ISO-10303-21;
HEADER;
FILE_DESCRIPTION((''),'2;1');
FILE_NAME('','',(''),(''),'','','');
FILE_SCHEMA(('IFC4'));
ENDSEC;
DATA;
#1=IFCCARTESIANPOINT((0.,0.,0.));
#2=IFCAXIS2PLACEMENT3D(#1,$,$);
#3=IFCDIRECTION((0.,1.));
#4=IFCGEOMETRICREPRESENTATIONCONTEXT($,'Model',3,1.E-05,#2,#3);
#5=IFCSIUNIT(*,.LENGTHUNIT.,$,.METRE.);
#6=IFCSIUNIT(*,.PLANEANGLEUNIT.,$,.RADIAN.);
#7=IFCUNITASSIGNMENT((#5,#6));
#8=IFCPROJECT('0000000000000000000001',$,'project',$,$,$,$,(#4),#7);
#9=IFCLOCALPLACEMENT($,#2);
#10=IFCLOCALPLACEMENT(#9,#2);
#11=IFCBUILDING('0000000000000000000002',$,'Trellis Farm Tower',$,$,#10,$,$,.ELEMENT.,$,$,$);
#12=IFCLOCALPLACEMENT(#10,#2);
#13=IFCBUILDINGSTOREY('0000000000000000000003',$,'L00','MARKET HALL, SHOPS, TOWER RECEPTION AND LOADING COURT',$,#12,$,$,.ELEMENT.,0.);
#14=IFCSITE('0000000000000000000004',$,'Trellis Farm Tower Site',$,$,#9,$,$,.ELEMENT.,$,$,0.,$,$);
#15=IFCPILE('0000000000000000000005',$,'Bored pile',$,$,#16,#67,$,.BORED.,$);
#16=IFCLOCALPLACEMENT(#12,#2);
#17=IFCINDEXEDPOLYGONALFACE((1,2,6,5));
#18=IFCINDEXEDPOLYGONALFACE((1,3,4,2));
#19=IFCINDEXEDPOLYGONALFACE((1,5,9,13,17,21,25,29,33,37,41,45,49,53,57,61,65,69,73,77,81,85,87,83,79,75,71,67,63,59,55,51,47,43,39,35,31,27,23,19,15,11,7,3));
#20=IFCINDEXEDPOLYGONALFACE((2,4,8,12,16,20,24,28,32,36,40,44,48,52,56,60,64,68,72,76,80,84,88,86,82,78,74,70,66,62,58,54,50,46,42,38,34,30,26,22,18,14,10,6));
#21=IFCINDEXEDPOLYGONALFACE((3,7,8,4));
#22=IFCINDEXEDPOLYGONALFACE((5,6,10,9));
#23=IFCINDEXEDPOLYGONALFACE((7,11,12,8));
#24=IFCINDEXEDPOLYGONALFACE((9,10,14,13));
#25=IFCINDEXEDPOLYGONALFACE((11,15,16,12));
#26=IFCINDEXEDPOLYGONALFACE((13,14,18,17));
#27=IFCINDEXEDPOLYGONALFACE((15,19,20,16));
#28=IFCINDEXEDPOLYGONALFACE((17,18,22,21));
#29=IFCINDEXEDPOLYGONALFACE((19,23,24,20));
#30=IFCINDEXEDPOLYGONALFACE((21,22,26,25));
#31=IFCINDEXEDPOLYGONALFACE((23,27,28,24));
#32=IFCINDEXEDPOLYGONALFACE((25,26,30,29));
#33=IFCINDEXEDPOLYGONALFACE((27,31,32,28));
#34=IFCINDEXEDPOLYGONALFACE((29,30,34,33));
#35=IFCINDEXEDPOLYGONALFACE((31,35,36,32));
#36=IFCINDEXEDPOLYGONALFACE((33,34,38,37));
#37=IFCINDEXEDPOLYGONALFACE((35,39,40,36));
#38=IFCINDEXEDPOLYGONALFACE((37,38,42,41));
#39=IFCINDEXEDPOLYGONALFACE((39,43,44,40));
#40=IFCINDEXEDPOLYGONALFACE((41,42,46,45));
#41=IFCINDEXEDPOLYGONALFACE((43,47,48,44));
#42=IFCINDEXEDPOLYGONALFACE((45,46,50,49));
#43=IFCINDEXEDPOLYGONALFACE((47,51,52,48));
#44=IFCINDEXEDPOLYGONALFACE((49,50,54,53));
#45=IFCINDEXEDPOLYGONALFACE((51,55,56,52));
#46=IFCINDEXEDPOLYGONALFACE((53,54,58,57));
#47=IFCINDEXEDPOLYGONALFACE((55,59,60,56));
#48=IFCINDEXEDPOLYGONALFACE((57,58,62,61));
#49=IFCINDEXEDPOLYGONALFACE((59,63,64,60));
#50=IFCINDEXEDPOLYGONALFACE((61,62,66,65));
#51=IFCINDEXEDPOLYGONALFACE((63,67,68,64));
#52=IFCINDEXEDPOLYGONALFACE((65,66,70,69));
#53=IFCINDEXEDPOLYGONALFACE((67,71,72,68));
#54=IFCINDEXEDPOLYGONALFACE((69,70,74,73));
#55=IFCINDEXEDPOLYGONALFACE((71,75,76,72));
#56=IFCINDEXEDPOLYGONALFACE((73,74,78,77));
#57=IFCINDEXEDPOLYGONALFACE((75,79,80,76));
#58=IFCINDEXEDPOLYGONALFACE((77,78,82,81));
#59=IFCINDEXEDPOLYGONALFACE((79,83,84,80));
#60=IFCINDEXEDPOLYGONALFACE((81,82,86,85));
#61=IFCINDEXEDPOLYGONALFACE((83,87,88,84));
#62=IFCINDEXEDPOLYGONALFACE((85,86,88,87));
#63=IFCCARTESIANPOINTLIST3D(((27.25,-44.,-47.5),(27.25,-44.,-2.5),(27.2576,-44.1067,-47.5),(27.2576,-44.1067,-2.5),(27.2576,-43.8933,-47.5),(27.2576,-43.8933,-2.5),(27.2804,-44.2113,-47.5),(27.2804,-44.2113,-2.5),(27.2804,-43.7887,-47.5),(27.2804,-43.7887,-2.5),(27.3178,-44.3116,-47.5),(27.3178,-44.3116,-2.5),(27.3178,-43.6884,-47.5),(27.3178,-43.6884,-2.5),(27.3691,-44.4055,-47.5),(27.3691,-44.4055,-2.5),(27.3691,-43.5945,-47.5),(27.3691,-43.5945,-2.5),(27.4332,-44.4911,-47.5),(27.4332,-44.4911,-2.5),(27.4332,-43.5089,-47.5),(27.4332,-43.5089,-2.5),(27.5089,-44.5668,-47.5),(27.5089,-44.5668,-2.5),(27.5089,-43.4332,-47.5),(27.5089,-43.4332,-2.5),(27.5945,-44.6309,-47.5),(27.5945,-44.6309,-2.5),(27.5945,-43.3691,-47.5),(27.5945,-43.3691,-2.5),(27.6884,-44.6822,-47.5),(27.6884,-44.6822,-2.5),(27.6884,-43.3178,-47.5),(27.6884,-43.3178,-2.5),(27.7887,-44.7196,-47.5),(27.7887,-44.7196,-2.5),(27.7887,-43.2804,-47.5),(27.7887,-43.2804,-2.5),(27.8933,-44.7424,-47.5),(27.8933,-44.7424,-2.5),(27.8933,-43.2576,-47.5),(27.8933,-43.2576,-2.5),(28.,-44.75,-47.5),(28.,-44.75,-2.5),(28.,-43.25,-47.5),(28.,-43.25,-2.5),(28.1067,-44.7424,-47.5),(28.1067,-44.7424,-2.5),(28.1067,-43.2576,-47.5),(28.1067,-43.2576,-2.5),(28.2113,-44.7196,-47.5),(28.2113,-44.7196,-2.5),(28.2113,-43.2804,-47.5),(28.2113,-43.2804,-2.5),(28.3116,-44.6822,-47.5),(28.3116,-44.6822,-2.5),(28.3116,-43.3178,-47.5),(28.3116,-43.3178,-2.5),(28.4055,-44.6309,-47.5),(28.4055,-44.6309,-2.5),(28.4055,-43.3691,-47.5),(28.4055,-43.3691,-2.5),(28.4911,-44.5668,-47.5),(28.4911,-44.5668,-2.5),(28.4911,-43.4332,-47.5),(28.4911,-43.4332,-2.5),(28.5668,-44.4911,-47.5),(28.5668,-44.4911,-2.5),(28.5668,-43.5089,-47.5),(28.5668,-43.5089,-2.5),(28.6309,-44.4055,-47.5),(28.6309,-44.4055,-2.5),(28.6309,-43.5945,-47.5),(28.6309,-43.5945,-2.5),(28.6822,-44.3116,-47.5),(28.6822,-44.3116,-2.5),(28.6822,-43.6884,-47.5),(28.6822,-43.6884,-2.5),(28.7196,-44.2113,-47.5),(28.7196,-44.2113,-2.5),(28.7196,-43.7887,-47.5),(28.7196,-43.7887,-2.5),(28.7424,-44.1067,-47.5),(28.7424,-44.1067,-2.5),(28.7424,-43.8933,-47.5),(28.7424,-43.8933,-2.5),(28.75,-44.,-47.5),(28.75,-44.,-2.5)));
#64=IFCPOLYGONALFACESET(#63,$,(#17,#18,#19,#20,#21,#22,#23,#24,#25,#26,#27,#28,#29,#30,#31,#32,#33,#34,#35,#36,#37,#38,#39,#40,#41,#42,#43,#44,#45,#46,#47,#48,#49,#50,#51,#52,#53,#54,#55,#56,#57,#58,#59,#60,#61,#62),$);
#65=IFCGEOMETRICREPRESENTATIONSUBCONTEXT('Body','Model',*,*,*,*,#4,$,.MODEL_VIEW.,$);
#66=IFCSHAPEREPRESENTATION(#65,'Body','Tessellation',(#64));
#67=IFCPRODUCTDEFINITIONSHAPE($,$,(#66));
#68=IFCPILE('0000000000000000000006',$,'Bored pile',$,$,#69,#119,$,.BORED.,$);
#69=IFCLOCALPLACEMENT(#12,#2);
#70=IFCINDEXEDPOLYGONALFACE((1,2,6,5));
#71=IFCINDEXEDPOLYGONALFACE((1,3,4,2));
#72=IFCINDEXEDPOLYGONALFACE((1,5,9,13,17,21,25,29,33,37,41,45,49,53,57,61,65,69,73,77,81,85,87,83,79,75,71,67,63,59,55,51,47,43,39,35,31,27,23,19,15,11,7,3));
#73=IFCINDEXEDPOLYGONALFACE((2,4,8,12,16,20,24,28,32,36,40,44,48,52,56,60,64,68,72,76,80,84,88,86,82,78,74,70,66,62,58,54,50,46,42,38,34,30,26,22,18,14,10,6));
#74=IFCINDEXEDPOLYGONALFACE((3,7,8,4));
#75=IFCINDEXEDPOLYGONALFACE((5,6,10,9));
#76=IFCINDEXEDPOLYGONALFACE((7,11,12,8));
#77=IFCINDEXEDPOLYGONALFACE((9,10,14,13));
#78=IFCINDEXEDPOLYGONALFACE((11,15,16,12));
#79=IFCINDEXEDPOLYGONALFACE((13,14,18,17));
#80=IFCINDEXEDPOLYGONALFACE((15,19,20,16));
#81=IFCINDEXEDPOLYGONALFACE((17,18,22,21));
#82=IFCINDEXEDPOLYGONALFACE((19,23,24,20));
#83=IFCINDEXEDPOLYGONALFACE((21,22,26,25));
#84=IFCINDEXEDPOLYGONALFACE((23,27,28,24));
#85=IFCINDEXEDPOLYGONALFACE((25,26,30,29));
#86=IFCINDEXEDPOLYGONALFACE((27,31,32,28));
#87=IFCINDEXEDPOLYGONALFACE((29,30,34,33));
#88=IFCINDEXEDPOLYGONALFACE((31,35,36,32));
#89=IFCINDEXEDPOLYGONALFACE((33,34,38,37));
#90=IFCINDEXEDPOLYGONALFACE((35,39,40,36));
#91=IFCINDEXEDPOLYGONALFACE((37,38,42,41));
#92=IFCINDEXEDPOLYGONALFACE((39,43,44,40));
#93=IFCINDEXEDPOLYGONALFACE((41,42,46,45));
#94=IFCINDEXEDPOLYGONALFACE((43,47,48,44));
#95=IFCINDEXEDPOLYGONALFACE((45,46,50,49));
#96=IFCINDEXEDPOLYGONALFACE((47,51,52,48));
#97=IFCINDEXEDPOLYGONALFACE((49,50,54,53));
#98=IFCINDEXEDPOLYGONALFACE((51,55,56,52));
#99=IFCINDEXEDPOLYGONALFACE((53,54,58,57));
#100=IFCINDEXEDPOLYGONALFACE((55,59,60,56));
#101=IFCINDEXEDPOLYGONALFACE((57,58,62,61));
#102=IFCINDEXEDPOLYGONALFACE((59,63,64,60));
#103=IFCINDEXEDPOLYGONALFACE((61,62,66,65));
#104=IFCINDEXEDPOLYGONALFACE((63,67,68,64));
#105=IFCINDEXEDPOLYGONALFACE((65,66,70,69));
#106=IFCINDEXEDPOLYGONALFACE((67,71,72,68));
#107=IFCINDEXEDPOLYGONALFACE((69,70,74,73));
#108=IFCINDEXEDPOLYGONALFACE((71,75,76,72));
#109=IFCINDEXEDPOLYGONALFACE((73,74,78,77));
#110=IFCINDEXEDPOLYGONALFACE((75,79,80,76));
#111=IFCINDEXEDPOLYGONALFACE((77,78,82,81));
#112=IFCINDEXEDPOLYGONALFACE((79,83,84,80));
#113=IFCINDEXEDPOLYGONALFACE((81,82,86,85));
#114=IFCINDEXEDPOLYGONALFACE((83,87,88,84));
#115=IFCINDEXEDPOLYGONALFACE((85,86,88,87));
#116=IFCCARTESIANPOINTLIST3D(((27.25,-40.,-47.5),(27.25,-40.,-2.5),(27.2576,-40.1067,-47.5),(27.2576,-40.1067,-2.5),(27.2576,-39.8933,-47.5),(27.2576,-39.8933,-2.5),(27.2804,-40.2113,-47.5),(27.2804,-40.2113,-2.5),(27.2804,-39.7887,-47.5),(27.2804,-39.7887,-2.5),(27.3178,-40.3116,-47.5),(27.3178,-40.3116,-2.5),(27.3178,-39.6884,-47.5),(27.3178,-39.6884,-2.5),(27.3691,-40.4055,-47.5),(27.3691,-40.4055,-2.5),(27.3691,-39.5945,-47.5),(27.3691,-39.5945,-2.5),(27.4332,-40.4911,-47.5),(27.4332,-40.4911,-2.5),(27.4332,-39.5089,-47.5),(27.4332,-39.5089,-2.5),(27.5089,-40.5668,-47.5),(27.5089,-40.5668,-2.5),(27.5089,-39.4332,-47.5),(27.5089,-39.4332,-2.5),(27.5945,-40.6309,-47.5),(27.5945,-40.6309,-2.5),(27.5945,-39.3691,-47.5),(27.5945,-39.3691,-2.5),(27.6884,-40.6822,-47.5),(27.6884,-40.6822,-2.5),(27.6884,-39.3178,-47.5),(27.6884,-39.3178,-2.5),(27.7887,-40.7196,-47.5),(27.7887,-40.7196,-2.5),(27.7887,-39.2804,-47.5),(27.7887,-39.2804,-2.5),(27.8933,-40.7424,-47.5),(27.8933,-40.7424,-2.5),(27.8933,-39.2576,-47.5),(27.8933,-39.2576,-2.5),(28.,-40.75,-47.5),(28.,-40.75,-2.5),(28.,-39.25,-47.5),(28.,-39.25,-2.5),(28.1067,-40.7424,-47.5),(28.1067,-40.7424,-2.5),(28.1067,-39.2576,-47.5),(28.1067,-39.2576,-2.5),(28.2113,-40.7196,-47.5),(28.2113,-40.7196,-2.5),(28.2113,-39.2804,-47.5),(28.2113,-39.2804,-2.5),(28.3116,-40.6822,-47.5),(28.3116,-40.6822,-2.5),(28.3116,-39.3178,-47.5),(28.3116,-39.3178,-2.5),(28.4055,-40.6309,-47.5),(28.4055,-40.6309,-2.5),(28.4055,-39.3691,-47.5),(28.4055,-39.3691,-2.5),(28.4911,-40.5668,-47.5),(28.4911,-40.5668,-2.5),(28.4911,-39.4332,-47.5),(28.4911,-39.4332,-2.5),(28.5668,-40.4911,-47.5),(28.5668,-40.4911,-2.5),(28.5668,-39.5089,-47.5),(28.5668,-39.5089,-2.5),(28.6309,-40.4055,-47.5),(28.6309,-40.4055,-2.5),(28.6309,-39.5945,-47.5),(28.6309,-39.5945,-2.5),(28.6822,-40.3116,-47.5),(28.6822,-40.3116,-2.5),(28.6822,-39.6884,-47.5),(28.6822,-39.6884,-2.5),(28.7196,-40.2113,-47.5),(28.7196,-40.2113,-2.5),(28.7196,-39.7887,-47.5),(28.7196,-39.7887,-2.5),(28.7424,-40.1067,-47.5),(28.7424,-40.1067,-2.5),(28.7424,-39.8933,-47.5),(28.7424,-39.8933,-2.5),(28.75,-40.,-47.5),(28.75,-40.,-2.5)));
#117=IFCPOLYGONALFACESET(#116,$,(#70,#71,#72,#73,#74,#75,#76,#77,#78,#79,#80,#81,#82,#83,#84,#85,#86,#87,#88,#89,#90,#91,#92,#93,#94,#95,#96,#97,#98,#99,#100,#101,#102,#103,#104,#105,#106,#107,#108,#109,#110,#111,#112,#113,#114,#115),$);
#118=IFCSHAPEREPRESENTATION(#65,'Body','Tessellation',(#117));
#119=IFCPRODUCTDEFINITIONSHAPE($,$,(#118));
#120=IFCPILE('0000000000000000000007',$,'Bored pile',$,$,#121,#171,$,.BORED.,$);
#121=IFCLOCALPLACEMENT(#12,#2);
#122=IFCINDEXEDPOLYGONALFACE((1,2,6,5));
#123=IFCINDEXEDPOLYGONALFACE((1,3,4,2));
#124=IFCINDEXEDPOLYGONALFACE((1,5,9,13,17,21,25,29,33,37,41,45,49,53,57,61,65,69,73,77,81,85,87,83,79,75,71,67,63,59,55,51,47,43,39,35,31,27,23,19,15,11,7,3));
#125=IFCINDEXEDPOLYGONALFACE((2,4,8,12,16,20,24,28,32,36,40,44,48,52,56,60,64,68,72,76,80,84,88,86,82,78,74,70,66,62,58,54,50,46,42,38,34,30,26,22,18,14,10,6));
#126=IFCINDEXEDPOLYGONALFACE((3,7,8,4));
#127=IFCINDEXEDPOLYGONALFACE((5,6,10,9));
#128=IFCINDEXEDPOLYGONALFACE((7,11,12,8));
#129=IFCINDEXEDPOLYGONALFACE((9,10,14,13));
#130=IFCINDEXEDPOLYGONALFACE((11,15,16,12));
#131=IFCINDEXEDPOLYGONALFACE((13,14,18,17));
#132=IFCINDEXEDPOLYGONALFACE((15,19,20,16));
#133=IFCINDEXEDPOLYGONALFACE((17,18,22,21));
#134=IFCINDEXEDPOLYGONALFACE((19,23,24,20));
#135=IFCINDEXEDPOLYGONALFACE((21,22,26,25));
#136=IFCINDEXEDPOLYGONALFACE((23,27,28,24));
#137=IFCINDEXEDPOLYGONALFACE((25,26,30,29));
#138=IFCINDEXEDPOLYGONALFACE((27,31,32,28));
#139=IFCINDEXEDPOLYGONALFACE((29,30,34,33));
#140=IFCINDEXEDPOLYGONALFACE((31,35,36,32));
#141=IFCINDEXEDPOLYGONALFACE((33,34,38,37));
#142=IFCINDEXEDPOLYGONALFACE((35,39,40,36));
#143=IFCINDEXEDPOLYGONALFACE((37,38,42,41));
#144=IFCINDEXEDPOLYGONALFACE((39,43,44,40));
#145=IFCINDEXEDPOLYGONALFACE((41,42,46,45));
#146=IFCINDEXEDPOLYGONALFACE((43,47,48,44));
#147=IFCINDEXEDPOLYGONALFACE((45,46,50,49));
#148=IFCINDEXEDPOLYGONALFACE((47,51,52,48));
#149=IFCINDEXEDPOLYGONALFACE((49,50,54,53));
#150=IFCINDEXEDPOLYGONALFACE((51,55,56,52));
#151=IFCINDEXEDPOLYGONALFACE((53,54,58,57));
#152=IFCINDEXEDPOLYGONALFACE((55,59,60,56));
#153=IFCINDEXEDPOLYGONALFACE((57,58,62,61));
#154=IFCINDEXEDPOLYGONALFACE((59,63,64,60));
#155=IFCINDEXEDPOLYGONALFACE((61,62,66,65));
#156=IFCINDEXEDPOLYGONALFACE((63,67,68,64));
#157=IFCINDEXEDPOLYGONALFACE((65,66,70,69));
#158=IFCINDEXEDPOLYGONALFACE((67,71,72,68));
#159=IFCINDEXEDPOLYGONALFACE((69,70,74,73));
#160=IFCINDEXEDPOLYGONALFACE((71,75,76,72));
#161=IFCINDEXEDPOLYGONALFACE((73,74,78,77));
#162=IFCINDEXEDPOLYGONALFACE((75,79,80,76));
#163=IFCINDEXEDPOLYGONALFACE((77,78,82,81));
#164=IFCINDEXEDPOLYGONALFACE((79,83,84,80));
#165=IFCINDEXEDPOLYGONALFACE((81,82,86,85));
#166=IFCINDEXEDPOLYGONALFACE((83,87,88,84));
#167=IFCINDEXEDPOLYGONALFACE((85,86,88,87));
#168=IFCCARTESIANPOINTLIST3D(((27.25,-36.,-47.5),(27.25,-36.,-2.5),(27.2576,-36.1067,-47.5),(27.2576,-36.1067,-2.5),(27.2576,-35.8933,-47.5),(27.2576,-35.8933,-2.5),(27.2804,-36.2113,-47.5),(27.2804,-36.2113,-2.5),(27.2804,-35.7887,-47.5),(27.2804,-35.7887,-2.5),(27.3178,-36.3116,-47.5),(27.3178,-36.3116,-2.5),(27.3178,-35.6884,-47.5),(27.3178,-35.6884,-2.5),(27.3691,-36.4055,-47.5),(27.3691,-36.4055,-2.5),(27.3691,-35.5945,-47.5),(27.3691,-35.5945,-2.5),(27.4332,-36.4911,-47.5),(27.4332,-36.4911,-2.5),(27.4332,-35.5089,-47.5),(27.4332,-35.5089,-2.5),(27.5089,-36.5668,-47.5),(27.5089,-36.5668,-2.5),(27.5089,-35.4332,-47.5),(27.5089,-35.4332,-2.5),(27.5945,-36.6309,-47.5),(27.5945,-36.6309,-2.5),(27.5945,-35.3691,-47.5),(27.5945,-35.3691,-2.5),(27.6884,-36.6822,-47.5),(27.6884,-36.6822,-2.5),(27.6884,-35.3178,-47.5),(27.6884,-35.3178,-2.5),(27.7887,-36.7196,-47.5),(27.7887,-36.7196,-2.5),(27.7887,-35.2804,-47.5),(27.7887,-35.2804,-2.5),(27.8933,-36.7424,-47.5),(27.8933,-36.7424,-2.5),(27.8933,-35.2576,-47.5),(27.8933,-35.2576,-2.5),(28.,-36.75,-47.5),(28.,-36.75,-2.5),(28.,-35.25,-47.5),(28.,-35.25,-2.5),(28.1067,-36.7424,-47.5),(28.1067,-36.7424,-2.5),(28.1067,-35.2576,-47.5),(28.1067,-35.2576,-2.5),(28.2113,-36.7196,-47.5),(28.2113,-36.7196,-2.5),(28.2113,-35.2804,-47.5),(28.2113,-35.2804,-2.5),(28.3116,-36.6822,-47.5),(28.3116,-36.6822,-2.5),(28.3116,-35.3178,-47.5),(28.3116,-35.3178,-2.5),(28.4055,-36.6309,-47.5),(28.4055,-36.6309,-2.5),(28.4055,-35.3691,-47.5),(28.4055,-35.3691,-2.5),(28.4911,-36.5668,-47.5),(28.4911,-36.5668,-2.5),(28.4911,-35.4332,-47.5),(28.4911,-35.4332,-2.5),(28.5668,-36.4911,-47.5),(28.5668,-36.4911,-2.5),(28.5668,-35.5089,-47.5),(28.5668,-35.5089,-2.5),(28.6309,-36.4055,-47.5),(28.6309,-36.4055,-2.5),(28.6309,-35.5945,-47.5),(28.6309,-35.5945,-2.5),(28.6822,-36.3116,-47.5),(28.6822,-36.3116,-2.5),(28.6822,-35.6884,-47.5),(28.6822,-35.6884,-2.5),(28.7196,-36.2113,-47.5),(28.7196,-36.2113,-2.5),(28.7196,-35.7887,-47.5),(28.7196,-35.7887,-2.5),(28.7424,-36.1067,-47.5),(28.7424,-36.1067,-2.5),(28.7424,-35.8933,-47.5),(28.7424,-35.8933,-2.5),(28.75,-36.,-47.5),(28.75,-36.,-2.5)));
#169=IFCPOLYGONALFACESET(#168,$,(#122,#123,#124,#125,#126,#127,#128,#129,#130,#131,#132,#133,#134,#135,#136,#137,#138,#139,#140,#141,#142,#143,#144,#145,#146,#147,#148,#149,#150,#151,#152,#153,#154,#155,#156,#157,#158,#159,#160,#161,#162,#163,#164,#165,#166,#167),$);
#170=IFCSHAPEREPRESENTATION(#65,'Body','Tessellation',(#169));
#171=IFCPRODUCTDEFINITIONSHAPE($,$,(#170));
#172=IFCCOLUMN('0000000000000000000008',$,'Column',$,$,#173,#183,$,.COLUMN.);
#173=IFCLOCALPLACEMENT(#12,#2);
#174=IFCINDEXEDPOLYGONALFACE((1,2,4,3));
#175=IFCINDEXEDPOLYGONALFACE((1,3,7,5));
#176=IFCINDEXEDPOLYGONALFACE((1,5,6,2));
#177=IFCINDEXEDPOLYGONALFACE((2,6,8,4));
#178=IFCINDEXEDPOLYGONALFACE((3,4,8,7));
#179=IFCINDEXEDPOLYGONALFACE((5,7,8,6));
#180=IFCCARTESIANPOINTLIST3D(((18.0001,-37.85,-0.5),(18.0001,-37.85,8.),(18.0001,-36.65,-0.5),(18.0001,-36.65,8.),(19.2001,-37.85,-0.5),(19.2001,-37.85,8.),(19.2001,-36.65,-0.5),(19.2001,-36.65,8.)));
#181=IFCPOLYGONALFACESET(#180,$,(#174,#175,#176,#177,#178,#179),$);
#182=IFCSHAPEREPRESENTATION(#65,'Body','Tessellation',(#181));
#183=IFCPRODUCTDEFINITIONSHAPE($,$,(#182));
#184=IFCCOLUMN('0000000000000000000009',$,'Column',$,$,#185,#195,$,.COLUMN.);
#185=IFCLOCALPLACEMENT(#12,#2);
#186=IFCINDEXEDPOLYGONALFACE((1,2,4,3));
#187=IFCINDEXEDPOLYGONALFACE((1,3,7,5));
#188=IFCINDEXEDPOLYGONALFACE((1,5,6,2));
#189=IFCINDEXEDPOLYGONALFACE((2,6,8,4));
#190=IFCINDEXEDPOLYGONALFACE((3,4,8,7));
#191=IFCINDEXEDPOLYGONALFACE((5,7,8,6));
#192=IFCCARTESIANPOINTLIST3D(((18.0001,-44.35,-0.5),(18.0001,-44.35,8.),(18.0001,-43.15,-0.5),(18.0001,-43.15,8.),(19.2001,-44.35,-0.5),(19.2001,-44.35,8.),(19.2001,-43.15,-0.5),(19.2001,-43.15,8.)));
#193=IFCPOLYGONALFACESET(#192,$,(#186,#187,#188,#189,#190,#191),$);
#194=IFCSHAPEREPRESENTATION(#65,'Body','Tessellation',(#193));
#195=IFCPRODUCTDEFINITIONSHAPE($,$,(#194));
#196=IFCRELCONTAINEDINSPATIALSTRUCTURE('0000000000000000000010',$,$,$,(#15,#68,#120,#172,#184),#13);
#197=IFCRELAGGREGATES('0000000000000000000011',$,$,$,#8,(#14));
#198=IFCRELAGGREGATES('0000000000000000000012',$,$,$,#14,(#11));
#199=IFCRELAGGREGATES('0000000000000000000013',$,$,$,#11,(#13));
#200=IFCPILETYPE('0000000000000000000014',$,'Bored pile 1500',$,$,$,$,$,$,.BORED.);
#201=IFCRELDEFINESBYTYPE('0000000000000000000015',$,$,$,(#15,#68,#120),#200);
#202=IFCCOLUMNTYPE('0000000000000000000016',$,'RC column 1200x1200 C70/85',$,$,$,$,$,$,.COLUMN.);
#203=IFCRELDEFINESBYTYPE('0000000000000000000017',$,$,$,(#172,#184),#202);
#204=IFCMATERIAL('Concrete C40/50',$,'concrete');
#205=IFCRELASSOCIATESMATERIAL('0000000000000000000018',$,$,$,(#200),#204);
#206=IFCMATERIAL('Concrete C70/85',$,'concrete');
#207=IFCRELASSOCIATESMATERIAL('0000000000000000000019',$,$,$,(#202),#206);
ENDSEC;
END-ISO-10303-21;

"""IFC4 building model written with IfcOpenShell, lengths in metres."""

from ifc_helpers import new_model, si_unit, direction, frame, origin, origin_2d, place, context, subcontext, project, spatial, rectangle, circle, extrude, source, transform, mapped, material, material_profile, profile_set, type_object, element, save


model = new_model("IFC4")

# Units and contexts
model_context = context("Model", 3, precision=1e-05, world=origin(), true_north=direction((0.0, 1.0)))
body_context = subcontext(model_context, "Body", "Model", "MODEL_VIEW")
ifc_project = project(units=[si_unit("LENGTHUNIT", "METRE"), si_unit("PLANEANGLEUNIT", "RADIAN")], contexts=[model_context])

# Site, building, storey
site_placement = place(None, origin())
site = spatial("IfcSite", under=ifc_project, at=site_placement, Name="Trellis Farm Tower Site", CompositionType="ELEMENT", RefElevation=0.0)
building_placement = place(site_placement, origin())
building = spatial("IfcBuilding", under=site, at=building_placement, Name="Trellis Farm Tower", CompositionType="ELEMENT")
storey_placement = place(building_placement, origin())
storey = spatial("IfcBuildingStorey", under=building, at=storey_placement, Name="L00", Description="MARKET HALL, SHOPS, TOWER RECEPTION AND LOADING COURT", CompositionType="ELEMENT", Elevation=0.0)

# Piles
ifc_material_1 = material(Name="Concrete C40/50", Category="concrete")
ifc_material_profile_1 = material_profile(ifc_material_1, circle(Radius=0.75, at=origin_2d()), Name="Bored pile 1500")
ifc_profile_set_1 = profile_set([ifc_material_profile_1], Name="Concrete C40/50")
pile_type = type_object("IfcPileType", Name="Bored pile 1500", PredefinedType="BORED", material=ifc_profile_set_1)
shared_shape_1 = source(origin(), body_context, "Body", "SweptSolid", [
    extrude(circle(Radius=0.75, at=origin_2d()), origin(), (0.0, 0.0, 1.0), 45.0),
])
for number, where, z_axis, x_axis, name in (
    (1, (28.0, -44.0, -2.5), (0.0, 0.0, -1.0), (1.0, 0.0, 0.0), "Bored pile"),
    (2, (28.0, -40.0, -2.5), (0.0, 0.0, -1.0), (1.0, 0.0, 0.0), "Bored pile"),
    (3, (28.0, -36.0, -2.5), (0.0, 0.0, -1.0), (1.0, 0.0, 0.0), "Bored pile"),
):
    element("IfcPile", number, at=place(storey_placement, frame(where, z_axis=z_axis, x_axis=x_axis)), inside=storey, type_object=pile_type, Name=name, PredefinedType="BORED", context=body_context, shape_type="MappedRepresentation", body=[
        mapped(shared_shape_1, transform((0.0, 0.0, 0.0))),
    ])

# Columns
ifc_material_2 = material(Name="Concrete C70/85", Category="concrete")
ifc_material_profile_2 = material_profile(ifc_material_2, rectangle(XDim=1.2, YDim=1.2, at=origin_2d()), Name="RC column 1200x1200 C70/85")
ifc_profile_set_2 = profile_set([ifc_material_profile_2], Name="Concrete C70/85")
column_type = type_object("IfcColumnType", Name="RC column 1200x1200 C70/85", PredefinedType="COLUMN", material=ifc_profile_set_2)
shared_shape_2 = source(origin(), body_context, "Body", "SweptSolid", [
    extrude(rectangle(XDim=1.2, YDim=1.2, at=origin_2d()), origin(), (0.0, 0.0, 1.0), 8.5),
])
for number, where, z_axis, x_axis, name in (
    (4, (18.6001, -37.25, -0.5), (0.0, 0.0, 1.0), (1.0, 0.0, 0.0), "Column"),
    (5, (18.6001, -43.75, -0.5), (0.0, 0.0, 1.0), (1.0, 0.0, 0.0), "Column"),
):
    element("IfcColumn", number, at=place(storey_placement, frame(where, z_axis=z_axis, x_axis=x_axis)), inside=storey, type_object=column_type, Name=name, PredefinedType="COLUMN", context=body_context, shape_type="MappedRepresentation", body=[
        mapped(shared_shape_2, transform((0.0, 0.0, 0.0))),
    ])

save(model, "model.ifc")
